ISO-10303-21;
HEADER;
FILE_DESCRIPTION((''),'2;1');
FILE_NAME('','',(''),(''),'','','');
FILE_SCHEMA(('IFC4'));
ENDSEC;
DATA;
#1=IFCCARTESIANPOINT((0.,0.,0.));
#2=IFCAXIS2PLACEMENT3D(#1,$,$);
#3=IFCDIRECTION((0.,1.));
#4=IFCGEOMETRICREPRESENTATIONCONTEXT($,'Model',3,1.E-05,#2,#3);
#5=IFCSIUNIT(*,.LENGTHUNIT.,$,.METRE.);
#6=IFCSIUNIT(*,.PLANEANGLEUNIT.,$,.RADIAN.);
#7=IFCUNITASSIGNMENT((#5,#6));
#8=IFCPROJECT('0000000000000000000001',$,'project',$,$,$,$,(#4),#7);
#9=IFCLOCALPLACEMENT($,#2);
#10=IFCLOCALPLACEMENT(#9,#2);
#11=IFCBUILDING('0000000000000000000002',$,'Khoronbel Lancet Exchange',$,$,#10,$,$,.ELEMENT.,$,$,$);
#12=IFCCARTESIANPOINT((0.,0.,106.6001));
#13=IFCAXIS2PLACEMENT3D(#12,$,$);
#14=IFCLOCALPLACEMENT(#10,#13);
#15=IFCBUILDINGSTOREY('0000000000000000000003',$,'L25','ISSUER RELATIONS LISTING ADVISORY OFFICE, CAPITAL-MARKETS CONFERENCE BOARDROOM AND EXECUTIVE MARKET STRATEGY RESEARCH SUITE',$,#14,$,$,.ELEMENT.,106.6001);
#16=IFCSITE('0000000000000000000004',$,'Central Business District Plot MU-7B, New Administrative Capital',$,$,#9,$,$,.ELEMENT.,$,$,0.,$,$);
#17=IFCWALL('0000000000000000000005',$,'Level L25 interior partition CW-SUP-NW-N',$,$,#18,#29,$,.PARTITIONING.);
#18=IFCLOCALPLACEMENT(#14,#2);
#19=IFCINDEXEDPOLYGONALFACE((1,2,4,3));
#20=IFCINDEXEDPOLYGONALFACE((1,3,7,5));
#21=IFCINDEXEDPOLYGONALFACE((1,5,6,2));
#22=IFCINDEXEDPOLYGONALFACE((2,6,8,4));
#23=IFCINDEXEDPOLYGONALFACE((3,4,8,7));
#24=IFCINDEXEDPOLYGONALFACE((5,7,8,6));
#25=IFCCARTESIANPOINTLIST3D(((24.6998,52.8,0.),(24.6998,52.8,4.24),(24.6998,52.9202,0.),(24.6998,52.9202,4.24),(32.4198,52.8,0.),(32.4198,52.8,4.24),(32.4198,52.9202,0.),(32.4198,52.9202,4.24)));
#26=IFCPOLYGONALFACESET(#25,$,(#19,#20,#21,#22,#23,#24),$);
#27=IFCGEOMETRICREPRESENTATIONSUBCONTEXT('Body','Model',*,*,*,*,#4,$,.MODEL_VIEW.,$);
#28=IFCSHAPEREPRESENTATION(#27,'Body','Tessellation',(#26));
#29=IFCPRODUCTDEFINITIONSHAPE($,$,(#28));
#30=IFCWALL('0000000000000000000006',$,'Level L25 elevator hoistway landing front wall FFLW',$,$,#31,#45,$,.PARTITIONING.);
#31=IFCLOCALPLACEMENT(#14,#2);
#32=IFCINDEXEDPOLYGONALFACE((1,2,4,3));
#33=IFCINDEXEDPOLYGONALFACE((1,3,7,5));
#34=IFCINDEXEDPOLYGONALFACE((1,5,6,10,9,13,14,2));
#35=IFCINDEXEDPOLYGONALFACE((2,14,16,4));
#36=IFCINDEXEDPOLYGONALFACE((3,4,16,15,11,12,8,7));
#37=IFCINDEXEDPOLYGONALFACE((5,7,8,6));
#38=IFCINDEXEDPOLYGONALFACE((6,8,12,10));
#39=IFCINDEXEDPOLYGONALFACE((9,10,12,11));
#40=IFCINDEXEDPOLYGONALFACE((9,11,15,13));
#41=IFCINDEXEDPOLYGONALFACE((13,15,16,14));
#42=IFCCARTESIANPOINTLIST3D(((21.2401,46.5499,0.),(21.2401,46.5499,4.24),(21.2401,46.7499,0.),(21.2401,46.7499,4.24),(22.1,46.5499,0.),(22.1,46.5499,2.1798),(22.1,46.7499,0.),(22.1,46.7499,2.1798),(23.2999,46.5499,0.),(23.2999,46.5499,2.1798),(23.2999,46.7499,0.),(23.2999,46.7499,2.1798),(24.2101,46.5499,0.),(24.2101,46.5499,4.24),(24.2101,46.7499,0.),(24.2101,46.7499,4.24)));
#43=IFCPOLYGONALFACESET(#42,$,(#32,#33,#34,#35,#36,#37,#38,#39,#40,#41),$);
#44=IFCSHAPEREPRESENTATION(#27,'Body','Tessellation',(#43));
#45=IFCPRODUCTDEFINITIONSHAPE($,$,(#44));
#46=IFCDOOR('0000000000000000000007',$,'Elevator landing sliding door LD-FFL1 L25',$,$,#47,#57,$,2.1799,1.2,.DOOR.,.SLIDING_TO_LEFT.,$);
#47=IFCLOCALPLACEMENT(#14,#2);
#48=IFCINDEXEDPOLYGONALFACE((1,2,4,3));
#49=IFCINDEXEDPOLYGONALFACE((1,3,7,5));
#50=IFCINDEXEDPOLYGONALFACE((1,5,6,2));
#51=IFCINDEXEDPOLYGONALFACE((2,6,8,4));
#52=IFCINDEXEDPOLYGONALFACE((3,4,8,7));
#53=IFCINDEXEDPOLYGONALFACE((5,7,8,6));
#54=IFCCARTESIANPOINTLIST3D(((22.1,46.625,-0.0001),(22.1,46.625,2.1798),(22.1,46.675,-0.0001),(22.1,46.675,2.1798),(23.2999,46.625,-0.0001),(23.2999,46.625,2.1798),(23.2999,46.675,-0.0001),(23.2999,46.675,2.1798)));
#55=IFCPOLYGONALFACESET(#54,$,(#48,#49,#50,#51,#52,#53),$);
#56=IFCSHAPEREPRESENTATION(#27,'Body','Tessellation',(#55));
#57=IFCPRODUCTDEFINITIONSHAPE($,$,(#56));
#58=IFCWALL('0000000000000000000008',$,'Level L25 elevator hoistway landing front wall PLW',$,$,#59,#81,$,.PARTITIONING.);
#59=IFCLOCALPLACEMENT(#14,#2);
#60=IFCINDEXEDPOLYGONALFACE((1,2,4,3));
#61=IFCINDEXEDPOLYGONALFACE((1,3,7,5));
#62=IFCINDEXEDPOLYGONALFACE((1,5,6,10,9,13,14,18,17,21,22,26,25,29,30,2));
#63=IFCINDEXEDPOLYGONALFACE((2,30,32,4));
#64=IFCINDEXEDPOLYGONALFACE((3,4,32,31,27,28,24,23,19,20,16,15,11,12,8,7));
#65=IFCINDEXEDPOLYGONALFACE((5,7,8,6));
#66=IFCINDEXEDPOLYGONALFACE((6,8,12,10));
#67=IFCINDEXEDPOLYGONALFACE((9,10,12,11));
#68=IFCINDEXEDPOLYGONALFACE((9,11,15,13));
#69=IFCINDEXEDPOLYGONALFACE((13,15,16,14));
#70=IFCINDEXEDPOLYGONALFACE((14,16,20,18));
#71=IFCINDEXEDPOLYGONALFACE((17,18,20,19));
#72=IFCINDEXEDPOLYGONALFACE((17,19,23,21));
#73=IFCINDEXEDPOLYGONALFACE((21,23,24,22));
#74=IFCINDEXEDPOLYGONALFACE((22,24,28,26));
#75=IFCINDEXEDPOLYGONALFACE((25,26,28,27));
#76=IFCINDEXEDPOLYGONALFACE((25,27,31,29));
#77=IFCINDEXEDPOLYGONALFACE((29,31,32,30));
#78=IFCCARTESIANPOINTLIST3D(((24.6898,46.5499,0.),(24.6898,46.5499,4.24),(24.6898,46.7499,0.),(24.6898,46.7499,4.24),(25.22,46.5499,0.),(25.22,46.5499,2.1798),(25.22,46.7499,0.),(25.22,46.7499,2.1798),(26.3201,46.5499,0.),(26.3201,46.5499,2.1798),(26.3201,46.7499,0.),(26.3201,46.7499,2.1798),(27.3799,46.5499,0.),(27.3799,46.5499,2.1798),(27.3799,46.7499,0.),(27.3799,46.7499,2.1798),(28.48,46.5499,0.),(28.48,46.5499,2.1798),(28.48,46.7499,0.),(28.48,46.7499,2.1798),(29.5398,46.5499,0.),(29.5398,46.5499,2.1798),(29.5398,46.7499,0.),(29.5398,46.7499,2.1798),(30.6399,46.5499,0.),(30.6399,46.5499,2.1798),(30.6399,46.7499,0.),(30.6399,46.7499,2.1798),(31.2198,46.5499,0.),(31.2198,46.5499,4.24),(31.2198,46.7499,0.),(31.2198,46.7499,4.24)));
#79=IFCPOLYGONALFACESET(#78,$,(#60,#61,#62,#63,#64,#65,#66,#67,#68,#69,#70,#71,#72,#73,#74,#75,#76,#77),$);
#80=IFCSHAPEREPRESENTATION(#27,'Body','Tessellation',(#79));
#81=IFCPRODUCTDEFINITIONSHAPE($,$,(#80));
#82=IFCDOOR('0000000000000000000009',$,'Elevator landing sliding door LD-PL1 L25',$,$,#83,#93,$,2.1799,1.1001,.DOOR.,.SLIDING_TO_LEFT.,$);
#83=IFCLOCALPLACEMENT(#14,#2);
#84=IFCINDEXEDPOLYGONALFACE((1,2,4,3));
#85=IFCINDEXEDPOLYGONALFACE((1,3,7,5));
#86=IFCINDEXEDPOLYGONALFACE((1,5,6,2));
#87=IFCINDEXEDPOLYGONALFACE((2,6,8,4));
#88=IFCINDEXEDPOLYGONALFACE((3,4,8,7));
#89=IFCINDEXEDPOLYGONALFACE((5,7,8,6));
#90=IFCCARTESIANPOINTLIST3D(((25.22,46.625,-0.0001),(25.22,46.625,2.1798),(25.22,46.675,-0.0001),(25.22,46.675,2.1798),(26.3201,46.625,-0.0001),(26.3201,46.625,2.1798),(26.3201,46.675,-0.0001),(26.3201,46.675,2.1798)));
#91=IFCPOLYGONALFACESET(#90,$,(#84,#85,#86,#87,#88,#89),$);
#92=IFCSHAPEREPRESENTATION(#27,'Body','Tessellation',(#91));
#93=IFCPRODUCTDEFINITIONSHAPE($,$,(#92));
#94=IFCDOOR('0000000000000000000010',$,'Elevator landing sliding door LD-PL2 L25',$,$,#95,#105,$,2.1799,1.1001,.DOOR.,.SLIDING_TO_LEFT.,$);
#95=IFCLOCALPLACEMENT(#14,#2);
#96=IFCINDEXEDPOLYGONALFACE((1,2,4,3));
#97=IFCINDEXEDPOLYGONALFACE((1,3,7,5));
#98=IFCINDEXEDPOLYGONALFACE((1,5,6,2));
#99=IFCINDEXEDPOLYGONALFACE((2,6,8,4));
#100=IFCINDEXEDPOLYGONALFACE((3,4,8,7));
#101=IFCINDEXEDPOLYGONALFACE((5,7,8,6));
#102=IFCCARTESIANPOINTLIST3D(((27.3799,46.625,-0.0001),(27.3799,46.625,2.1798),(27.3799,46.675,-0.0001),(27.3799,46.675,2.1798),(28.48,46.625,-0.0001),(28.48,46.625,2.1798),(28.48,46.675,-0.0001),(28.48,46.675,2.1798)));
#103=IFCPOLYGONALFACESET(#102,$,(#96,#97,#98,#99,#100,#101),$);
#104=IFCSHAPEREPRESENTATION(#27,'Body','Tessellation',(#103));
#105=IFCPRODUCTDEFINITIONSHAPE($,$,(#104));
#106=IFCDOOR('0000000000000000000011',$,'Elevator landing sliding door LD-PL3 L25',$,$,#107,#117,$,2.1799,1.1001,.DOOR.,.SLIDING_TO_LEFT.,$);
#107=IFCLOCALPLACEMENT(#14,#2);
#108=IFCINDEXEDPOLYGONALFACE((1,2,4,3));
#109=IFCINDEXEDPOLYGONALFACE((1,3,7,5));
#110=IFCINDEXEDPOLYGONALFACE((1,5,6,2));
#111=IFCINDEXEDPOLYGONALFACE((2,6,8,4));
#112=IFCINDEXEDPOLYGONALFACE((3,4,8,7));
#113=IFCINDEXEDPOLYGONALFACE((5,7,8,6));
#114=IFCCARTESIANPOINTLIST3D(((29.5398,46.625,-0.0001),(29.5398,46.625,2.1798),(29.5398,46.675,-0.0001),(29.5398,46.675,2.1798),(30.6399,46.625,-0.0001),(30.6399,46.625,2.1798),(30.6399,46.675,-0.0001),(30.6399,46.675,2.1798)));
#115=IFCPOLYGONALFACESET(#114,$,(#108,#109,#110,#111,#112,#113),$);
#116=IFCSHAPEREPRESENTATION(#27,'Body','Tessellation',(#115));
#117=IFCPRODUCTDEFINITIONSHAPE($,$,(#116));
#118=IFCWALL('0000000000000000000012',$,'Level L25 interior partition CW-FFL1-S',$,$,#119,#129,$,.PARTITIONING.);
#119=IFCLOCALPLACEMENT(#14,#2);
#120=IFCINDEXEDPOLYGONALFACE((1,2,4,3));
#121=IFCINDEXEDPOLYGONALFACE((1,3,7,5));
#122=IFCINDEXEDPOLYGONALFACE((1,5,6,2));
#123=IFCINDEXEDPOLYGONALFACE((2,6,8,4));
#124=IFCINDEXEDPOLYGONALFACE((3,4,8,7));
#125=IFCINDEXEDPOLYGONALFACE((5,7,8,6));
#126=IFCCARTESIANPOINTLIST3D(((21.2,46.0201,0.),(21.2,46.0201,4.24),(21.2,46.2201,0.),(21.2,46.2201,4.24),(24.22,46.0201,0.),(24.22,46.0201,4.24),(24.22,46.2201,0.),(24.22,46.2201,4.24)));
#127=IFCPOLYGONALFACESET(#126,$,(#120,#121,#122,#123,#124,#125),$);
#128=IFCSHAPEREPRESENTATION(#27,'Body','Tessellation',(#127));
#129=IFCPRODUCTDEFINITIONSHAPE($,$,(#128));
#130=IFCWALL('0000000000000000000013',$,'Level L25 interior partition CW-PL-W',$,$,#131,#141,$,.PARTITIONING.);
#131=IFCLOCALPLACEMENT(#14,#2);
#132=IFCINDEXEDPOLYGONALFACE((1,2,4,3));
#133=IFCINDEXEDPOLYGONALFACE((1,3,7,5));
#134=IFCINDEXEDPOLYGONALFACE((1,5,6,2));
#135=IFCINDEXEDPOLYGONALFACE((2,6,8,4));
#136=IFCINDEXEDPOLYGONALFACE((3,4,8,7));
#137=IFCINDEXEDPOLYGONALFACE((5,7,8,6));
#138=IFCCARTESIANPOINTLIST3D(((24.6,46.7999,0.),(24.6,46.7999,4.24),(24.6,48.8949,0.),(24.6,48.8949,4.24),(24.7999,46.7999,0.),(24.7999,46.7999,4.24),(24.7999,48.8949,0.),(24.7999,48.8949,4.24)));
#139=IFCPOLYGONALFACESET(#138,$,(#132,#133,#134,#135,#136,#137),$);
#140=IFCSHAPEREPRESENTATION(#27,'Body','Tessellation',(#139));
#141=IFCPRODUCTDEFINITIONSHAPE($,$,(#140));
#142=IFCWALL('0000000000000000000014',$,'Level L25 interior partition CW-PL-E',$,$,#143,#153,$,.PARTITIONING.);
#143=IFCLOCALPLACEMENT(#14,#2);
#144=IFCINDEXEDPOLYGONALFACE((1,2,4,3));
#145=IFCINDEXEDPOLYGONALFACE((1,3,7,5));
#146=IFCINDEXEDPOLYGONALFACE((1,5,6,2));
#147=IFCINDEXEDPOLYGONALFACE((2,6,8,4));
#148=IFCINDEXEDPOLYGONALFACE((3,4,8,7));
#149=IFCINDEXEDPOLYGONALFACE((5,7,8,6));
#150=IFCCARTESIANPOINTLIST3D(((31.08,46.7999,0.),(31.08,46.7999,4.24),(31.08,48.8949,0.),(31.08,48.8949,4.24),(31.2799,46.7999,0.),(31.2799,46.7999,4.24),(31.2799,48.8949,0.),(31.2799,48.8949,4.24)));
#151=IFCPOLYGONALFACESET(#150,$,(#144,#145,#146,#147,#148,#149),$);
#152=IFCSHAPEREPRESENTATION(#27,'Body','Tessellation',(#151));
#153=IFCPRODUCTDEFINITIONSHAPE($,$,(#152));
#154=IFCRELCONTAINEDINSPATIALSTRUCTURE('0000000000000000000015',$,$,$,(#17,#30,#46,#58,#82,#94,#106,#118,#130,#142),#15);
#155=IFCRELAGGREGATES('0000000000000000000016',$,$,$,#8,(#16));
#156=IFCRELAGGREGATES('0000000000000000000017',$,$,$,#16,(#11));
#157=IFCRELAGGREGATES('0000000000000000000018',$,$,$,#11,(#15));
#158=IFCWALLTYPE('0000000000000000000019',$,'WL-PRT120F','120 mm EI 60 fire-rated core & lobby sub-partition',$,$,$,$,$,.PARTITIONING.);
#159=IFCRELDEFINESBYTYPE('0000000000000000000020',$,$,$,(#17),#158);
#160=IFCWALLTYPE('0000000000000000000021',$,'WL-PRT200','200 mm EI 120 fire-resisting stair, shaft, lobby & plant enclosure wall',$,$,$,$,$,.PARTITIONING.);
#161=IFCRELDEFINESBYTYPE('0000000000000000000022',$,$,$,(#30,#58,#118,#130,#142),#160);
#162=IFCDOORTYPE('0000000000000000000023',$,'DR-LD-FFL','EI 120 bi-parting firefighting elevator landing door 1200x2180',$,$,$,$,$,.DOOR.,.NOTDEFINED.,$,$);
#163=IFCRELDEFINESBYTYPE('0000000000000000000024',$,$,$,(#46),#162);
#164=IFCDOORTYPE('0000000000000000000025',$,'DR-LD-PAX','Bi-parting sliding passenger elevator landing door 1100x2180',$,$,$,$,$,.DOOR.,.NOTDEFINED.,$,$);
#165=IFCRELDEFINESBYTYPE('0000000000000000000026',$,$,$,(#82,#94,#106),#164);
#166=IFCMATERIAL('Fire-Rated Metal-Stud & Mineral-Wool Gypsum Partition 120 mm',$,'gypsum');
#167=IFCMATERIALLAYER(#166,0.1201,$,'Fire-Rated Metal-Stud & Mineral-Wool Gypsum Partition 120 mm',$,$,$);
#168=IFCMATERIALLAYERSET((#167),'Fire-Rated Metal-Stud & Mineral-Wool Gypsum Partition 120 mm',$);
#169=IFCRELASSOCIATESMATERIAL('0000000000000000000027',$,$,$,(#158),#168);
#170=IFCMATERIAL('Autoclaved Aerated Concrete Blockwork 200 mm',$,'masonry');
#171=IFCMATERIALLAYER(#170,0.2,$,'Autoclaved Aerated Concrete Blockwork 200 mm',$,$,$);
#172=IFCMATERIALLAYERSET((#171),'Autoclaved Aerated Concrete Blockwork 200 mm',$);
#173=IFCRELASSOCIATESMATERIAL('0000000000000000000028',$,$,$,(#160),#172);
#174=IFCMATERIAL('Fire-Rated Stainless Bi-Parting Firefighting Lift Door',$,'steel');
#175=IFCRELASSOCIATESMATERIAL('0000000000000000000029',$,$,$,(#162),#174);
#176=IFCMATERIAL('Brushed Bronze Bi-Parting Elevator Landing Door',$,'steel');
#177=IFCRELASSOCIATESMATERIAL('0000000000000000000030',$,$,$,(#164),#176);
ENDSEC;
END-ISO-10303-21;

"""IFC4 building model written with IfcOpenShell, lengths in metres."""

from ifc_helpers import new_model, si_unit, direction, frame, frame_2d, origin, place, context, subcontext, project, spatial, rectangle, extrude, material, layer, layer_set, type_object, element, fill, save


model = new_model("IFC4")

# Units and contexts
model_context = context("Model", 3, precision=1e-05, world=origin(), true_north=direction((0.0, 1.0)))
body_context = subcontext(model_context, "Body", "Model", "MODEL_VIEW")
ifc_project = project(units=[si_unit("LENGTHUNIT", "METRE"), si_unit("PLANEANGLEUNIT", "RADIAN")], contexts=[model_context])

# Site, building, storey
site_placement = place(None, origin())
site = spatial("IfcSite", under=ifc_project, at=site_placement, Name="Central Business District Plot MU-7B, New Administrative Capital", CompositionType="ELEMENT", RefElevation=0.0)
building_placement = place(site_placement, origin())
building = spatial("IfcBuilding", under=site, at=building_placement, Name="Khoronbel Lancet Exchange", CompositionType="ELEMENT")
storey_placement = place(building_placement, frame((0.0, 0.0, 106.6001)))
storey = spatial("IfcBuildingStorey", under=building, at=storey_placement, Name="L25", Description="ISSUER RELATIONS LISTING ADVISORY OFFICE, CAPITAL-MARKETS CONFERENCE BOARDROOM AND EXECUTIVE MARKET STRATEGY RESEARCH SUITE", CompositionType="ELEMENT", Elevation=106.6001)

# Wall
ifc_material_1 = material(Name="Fire-Rated Metal-Stud & Mineral-Wool Gypsum Partition 120 mm", Category="gypsum")
ifc_layer_1 = layer(ifc_material_1, 0.1201, Name="Fire-Rated Metal-Stud & Mineral-Wool Gypsum Partition 120 mm")
ifc_layer_set_1 = layer_set([ifc_layer_1], Name="Fire-Rated Metal-Stud & Mineral-Wool Gypsum Partition 120 mm")
wall_type_1 = type_object("IfcWallType", Name="WL-PRT120F", Description="120 mm EI 60 fire-rated core & lobby sub-partition", PredefinedType="PARTITIONING", material=ifc_layer_set_1)
wall_1_placement = place(storey_placement, frame((24.7, 52.8601, 0.0), z_axis=(0.0, 0.0, 1.0), x_axis=(1.0, 0.0, 0.0)))
element("IfcWall", 1, at=wall_1_placement, inside=storey, type_object=wall_type_1, Name="Level L25 interior partition CW-SUP-NW-N", PredefinedType="PARTITIONING", context=body_context, shape_type="SweptSolid", body=[
    extrude(rectangle(XDim=7.72, YDim=0.1201, at=frame_2d((3.8599, 0.0))), origin(), (0.0, 0.0, 1.0), 4.24),
])

# Wall, opening, door
ifc_material_2 = material(Name="Autoclaved Aerated Concrete Blockwork 200 mm", Category="masonry")
ifc_layer_2 = layer(ifc_material_2, 0.2, Name="Autoclaved Aerated Concrete Blockwork 200 mm")
ifc_layer_set_2 = layer_set([ifc_layer_2], Name="Autoclaved Aerated Concrete Blockwork 200 mm")
wall_type_2 = type_object("IfcWallType", Name="WL-PRT200", Description="200 mm EI 120 fire-resisting stair, shaft, lobby & plant enclosure wall", PredefinedType="PARTITIONING", material=ifc_layer_set_2)
wall_2_placement = place(storey_placement, frame((24.21, 46.6499, 0.0), z_axis=(0.0, 0.0, 1.0), x_axis=(-1.0, 0.0, 0.0)))
wall_2 = element("IfcWall", 2, at=wall_2_placement, inside=storey, type_object=wall_type_2, Name="Level L25 elevator hoistway landing front wall FFLW", PredefinedType="PARTITIONING", context=body_context, shape_type="SweptSolid", body=[
    extrude(rectangle(XDim=2.97, YDim=0.2, at=frame_2d((1.4849, 0.0))), origin(), (0.0, 0.0, 1.0), 4.24),
])
opening_1_placement = place(wall_2_placement, frame((0.9099, 0.0, 0.0)))
opening_1 = element("IfcOpeningElement", 3, at=opening_1_placement, cuts=wall_2, PredefinedType="OPENING", context=body_context, shape_type="SweptSolid", body=[
    extrude(rectangle(XDim=1.2, YDim=2.1799, at=frame_2d((0.6001, 1.0898))), frame((0.0, 0.1099, 0.0), z_axis=(0.0, -1.0, 0.0), x_axis=(1.0, 0.0, 0.0)), (0.0, 0.0, 1.0), 0.22),
])
ifc_material_3 = material(Name="Fire-Rated Stainless Bi-Parting Firefighting Lift Door", Category="steel")
door_type_1 = type_object("IfcDoorType", Name="DR-LD-FFL", Description="EI 120 bi-parting firefighting elevator landing door 1200x2180", OperationType="NOTDEFINED", PredefinedType="DOOR", material=ifc_material_3)
door_1_placement = place(opening_1_placement, origin())
door_1 = element("IfcDoor", 4, at=door_1_placement, inside=storey, type_object=door_type_1, Name="Elevator landing sliding door LD-FFL1 L25", OperationType="SLIDING_TO_LEFT", OverallHeight=2.1799, OverallWidth=1.2, PredefinedType="DOOR", context=body_context, shape_type="SweptSolid", body=[
    extrude(rectangle(XDim=1.2, YDim=2.1799, at=frame_2d((0.6001, 1.0898))), frame((0.0, 0.0249, 0.0), z_axis=(0.0, -1.0, 0.0), x_axis=(1.0, 0.0, 0.0)), (0.0, 0.0, 1.0), 0.05),
])
fill(opening_1, door_1)

# Wall, openings, doors
wall_3_placement = place(storey_placement, frame((31.22, 46.6499, 0.0), z_axis=(0.0, 0.0, 1.0), x_axis=(-1.0, 0.0, 0.0)))
wall_3 = element("IfcWall", 5, at=wall_3_placement, inside=storey, type_object=wall_type_2, Name="Level L25 elevator hoistway landing front wall PLW", PredefinedType="PARTITIONING", context=body_context, shape_type="SweptSolid", body=[
    extrude(rectangle(XDim=6.53, YDim=0.2, at=frame_2d((3.2651, 0.0))), origin(), (0.0, 0.0, 1.0), 4.24),
])
opening_2_placement = place(wall_3_placement, frame((4.8999, 0.0, 0.0)))
opening_2 = element("IfcOpeningElement", 6, at=opening_2_placement, cuts=wall_3, PredefinedType="OPENING", context=body_context, shape_type="SweptSolid", body=[
    extrude(rectangle(XDim=1.1001, YDim=2.1799, at=frame_2d((0.55, 1.0898))), frame((0.0, 0.1099, 0.0), z_axis=(0.0, -1.0, 0.0), x_axis=(1.0, 0.0, 0.0)), (0.0, 0.0, 1.0), 0.22),
])
opening_3_placement = place(wall_3_placement, frame((2.74, 0.0, 0.0)))
opening_3 = element("IfcOpeningElement", 7, at=opening_3_placement, cuts=wall_3, PredefinedType="OPENING", context=body_context, shape_type="SweptSolid", body=[
    extrude(rectangle(XDim=1.1001, YDim=2.1799, at=frame_2d((0.55, 1.0898))), frame((0.0, 0.1099, 0.0), z_axis=(0.0, -1.0, 0.0), x_axis=(1.0, 0.0, 0.0)), (0.0, 0.0, 1.0), 0.22),
])
opening_4_placement = place(wall_3_placement, frame((0.5801, 0.0, 0.0)))
opening_4 = element("IfcOpeningElement", 8, at=opening_4_placement, cuts=wall_3, PredefinedType="OPENING", context=body_context, shape_type="SweptSolid", body=[
    extrude(rectangle(XDim=1.1001, YDim=2.1799, at=frame_2d((0.55, 1.0898))), frame((0.0, 0.1099, 0.0), z_axis=(0.0, -1.0, 0.0), x_axis=(1.0, 0.0, 0.0)), (0.0, 0.0, 1.0), 0.22),
])
ifc_material_4 = material(Name="Brushed Bronze Bi-Parting Elevator Landing Door", Category="steel")
door_type_2 = type_object("IfcDoorType", Name="DR-LD-PAX", Description="Bi-parting sliding passenger elevator landing door 1100x2180", OperationType="NOTDEFINED", PredefinedType="DOOR", material=ifc_material_4)
door_2_placement = place(opening_2_placement, origin())
door_2 = element("IfcDoor", 9, at=door_2_placement, inside=storey, type_object=door_type_2, Name="Elevator landing sliding door LD-PL1 L25", OperationType="SLIDING_TO_LEFT", OverallHeight=2.1799, OverallWidth=1.1001, PredefinedType="DOOR", context=body_context, shape_type="SweptSolid", body=[
    extrude(rectangle(XDim=1.1001, YDim=2.1799, at=frame_2d((0.55, 1.0898))), frame((0.0, 0.0249, 0.0), z_axis=(0.0, -1.0, 0.0), x_axis=(1.0, 0.0, 0.0)), (0.0, 0.0, 1.0), 0.05),
])
fill(opening_2, door_2)
door_3_placement = place(opening_3_placement, origin())
door_3 = element("IfcDoor", 10, at=door_3_placement, inside=storey, type_object=door_type_2, Name="Elevator landing sliding door LD-PL2 L25", OperationType="SLIDING_TO_LEFT", OverallHeight=2.1799, OverallWidth=1.1001, PredefinedType="DOOR", context=body_context, shape_type="SweptSolid", body=[
    extrude(rectangle(XDim=1.1001, YDim=2.1799, at=frame_2d((0.55, 1.0898))), frame((0.0, 0.0249, 0.0), z_axis=(0.0, -1.0, 0.0), x_axis=(1.0, 0.0, 0.0)), (0.0, 0.0, 1.0), 0.05),
])
fill(opening_3, door_3)
door_4_placement = place(opening_4_placement, origin())
door_4 = element("IfcDoor", 11, at=door_4_placement, inside=storey, type_object=door_type_2, Name="Elevator landing sliding door LD-PL3 L25", OperationType="SLIDING_TO_LEFT", OverallHeight=2.1799, OverallWidth=1.1001, PredefinedType="DOOR", context=body_context, shape_type="SweptSolid", body=[
    extrude(rectangle(XDim=1.1001, YDim=2.1799, at=frame_2d((0.55, 1.0898))), frame((0.0, 0.0249, 0.0), z_axis=(0.0, -1.0, 0.0), x_axis=(1.0, 0.0, 0.0)), (0.0, 0.0, 1.0), 0.05),
])
fill(opening_4, door_4)

# Walls
wall_4_placement = place(storey_placement, frame((21.2, 46.1201, 0.0), z_axis=(0.0, 0.0, 1.0), x_axis=(1.0, 0.0, 0.0)))
element("IfcWall", 12, at=wall_4_placement, inside=storey, type_object=wall_type_2, Name="Level L25 interior partition CW-FFL1-S", PredefinedType="PARTITIONING", context=body_context, shape_type="SweptSolid", body=[
    extrude(rectangle(XDim=3.02, YDim=0.2, at=frame_2d((1.51, 0.0))), origin(), (0.0, 0.0, 1.0), 4.24),
])
for number, where, z_axis, x_axis, name in (
    (13, (24.7, 46.8, 0.0), (0.0, 0.0, 1.0), (0.0, 1.0, 0.0), "Level L25 interior partition CW-PL-W"),
    (14, (31.1799, 46.8, 0.0), (0.0, 0.0, 1.0), (0.0, 1.0, 0.0), "Level L25 interior partition CW-PL-E"),
):
    element("IfcWall", number, at=place(storey_placement, frame(where, z_axis=z_axis, x_axis=x_axis)), inside=storey, type_object=wall_type_2, Name=name, PredefinedType="PARTITIONING", context=body_context, shape_type="SweptSolid", body=[
        extrude(rectangle(XDim=2.095, YDim=0.2, at=frame_2d((1.0474, 0.0))), origin(), (0.0, 0.0, 1.0), 4.24),
    ])

save(model, "model.ifc")
